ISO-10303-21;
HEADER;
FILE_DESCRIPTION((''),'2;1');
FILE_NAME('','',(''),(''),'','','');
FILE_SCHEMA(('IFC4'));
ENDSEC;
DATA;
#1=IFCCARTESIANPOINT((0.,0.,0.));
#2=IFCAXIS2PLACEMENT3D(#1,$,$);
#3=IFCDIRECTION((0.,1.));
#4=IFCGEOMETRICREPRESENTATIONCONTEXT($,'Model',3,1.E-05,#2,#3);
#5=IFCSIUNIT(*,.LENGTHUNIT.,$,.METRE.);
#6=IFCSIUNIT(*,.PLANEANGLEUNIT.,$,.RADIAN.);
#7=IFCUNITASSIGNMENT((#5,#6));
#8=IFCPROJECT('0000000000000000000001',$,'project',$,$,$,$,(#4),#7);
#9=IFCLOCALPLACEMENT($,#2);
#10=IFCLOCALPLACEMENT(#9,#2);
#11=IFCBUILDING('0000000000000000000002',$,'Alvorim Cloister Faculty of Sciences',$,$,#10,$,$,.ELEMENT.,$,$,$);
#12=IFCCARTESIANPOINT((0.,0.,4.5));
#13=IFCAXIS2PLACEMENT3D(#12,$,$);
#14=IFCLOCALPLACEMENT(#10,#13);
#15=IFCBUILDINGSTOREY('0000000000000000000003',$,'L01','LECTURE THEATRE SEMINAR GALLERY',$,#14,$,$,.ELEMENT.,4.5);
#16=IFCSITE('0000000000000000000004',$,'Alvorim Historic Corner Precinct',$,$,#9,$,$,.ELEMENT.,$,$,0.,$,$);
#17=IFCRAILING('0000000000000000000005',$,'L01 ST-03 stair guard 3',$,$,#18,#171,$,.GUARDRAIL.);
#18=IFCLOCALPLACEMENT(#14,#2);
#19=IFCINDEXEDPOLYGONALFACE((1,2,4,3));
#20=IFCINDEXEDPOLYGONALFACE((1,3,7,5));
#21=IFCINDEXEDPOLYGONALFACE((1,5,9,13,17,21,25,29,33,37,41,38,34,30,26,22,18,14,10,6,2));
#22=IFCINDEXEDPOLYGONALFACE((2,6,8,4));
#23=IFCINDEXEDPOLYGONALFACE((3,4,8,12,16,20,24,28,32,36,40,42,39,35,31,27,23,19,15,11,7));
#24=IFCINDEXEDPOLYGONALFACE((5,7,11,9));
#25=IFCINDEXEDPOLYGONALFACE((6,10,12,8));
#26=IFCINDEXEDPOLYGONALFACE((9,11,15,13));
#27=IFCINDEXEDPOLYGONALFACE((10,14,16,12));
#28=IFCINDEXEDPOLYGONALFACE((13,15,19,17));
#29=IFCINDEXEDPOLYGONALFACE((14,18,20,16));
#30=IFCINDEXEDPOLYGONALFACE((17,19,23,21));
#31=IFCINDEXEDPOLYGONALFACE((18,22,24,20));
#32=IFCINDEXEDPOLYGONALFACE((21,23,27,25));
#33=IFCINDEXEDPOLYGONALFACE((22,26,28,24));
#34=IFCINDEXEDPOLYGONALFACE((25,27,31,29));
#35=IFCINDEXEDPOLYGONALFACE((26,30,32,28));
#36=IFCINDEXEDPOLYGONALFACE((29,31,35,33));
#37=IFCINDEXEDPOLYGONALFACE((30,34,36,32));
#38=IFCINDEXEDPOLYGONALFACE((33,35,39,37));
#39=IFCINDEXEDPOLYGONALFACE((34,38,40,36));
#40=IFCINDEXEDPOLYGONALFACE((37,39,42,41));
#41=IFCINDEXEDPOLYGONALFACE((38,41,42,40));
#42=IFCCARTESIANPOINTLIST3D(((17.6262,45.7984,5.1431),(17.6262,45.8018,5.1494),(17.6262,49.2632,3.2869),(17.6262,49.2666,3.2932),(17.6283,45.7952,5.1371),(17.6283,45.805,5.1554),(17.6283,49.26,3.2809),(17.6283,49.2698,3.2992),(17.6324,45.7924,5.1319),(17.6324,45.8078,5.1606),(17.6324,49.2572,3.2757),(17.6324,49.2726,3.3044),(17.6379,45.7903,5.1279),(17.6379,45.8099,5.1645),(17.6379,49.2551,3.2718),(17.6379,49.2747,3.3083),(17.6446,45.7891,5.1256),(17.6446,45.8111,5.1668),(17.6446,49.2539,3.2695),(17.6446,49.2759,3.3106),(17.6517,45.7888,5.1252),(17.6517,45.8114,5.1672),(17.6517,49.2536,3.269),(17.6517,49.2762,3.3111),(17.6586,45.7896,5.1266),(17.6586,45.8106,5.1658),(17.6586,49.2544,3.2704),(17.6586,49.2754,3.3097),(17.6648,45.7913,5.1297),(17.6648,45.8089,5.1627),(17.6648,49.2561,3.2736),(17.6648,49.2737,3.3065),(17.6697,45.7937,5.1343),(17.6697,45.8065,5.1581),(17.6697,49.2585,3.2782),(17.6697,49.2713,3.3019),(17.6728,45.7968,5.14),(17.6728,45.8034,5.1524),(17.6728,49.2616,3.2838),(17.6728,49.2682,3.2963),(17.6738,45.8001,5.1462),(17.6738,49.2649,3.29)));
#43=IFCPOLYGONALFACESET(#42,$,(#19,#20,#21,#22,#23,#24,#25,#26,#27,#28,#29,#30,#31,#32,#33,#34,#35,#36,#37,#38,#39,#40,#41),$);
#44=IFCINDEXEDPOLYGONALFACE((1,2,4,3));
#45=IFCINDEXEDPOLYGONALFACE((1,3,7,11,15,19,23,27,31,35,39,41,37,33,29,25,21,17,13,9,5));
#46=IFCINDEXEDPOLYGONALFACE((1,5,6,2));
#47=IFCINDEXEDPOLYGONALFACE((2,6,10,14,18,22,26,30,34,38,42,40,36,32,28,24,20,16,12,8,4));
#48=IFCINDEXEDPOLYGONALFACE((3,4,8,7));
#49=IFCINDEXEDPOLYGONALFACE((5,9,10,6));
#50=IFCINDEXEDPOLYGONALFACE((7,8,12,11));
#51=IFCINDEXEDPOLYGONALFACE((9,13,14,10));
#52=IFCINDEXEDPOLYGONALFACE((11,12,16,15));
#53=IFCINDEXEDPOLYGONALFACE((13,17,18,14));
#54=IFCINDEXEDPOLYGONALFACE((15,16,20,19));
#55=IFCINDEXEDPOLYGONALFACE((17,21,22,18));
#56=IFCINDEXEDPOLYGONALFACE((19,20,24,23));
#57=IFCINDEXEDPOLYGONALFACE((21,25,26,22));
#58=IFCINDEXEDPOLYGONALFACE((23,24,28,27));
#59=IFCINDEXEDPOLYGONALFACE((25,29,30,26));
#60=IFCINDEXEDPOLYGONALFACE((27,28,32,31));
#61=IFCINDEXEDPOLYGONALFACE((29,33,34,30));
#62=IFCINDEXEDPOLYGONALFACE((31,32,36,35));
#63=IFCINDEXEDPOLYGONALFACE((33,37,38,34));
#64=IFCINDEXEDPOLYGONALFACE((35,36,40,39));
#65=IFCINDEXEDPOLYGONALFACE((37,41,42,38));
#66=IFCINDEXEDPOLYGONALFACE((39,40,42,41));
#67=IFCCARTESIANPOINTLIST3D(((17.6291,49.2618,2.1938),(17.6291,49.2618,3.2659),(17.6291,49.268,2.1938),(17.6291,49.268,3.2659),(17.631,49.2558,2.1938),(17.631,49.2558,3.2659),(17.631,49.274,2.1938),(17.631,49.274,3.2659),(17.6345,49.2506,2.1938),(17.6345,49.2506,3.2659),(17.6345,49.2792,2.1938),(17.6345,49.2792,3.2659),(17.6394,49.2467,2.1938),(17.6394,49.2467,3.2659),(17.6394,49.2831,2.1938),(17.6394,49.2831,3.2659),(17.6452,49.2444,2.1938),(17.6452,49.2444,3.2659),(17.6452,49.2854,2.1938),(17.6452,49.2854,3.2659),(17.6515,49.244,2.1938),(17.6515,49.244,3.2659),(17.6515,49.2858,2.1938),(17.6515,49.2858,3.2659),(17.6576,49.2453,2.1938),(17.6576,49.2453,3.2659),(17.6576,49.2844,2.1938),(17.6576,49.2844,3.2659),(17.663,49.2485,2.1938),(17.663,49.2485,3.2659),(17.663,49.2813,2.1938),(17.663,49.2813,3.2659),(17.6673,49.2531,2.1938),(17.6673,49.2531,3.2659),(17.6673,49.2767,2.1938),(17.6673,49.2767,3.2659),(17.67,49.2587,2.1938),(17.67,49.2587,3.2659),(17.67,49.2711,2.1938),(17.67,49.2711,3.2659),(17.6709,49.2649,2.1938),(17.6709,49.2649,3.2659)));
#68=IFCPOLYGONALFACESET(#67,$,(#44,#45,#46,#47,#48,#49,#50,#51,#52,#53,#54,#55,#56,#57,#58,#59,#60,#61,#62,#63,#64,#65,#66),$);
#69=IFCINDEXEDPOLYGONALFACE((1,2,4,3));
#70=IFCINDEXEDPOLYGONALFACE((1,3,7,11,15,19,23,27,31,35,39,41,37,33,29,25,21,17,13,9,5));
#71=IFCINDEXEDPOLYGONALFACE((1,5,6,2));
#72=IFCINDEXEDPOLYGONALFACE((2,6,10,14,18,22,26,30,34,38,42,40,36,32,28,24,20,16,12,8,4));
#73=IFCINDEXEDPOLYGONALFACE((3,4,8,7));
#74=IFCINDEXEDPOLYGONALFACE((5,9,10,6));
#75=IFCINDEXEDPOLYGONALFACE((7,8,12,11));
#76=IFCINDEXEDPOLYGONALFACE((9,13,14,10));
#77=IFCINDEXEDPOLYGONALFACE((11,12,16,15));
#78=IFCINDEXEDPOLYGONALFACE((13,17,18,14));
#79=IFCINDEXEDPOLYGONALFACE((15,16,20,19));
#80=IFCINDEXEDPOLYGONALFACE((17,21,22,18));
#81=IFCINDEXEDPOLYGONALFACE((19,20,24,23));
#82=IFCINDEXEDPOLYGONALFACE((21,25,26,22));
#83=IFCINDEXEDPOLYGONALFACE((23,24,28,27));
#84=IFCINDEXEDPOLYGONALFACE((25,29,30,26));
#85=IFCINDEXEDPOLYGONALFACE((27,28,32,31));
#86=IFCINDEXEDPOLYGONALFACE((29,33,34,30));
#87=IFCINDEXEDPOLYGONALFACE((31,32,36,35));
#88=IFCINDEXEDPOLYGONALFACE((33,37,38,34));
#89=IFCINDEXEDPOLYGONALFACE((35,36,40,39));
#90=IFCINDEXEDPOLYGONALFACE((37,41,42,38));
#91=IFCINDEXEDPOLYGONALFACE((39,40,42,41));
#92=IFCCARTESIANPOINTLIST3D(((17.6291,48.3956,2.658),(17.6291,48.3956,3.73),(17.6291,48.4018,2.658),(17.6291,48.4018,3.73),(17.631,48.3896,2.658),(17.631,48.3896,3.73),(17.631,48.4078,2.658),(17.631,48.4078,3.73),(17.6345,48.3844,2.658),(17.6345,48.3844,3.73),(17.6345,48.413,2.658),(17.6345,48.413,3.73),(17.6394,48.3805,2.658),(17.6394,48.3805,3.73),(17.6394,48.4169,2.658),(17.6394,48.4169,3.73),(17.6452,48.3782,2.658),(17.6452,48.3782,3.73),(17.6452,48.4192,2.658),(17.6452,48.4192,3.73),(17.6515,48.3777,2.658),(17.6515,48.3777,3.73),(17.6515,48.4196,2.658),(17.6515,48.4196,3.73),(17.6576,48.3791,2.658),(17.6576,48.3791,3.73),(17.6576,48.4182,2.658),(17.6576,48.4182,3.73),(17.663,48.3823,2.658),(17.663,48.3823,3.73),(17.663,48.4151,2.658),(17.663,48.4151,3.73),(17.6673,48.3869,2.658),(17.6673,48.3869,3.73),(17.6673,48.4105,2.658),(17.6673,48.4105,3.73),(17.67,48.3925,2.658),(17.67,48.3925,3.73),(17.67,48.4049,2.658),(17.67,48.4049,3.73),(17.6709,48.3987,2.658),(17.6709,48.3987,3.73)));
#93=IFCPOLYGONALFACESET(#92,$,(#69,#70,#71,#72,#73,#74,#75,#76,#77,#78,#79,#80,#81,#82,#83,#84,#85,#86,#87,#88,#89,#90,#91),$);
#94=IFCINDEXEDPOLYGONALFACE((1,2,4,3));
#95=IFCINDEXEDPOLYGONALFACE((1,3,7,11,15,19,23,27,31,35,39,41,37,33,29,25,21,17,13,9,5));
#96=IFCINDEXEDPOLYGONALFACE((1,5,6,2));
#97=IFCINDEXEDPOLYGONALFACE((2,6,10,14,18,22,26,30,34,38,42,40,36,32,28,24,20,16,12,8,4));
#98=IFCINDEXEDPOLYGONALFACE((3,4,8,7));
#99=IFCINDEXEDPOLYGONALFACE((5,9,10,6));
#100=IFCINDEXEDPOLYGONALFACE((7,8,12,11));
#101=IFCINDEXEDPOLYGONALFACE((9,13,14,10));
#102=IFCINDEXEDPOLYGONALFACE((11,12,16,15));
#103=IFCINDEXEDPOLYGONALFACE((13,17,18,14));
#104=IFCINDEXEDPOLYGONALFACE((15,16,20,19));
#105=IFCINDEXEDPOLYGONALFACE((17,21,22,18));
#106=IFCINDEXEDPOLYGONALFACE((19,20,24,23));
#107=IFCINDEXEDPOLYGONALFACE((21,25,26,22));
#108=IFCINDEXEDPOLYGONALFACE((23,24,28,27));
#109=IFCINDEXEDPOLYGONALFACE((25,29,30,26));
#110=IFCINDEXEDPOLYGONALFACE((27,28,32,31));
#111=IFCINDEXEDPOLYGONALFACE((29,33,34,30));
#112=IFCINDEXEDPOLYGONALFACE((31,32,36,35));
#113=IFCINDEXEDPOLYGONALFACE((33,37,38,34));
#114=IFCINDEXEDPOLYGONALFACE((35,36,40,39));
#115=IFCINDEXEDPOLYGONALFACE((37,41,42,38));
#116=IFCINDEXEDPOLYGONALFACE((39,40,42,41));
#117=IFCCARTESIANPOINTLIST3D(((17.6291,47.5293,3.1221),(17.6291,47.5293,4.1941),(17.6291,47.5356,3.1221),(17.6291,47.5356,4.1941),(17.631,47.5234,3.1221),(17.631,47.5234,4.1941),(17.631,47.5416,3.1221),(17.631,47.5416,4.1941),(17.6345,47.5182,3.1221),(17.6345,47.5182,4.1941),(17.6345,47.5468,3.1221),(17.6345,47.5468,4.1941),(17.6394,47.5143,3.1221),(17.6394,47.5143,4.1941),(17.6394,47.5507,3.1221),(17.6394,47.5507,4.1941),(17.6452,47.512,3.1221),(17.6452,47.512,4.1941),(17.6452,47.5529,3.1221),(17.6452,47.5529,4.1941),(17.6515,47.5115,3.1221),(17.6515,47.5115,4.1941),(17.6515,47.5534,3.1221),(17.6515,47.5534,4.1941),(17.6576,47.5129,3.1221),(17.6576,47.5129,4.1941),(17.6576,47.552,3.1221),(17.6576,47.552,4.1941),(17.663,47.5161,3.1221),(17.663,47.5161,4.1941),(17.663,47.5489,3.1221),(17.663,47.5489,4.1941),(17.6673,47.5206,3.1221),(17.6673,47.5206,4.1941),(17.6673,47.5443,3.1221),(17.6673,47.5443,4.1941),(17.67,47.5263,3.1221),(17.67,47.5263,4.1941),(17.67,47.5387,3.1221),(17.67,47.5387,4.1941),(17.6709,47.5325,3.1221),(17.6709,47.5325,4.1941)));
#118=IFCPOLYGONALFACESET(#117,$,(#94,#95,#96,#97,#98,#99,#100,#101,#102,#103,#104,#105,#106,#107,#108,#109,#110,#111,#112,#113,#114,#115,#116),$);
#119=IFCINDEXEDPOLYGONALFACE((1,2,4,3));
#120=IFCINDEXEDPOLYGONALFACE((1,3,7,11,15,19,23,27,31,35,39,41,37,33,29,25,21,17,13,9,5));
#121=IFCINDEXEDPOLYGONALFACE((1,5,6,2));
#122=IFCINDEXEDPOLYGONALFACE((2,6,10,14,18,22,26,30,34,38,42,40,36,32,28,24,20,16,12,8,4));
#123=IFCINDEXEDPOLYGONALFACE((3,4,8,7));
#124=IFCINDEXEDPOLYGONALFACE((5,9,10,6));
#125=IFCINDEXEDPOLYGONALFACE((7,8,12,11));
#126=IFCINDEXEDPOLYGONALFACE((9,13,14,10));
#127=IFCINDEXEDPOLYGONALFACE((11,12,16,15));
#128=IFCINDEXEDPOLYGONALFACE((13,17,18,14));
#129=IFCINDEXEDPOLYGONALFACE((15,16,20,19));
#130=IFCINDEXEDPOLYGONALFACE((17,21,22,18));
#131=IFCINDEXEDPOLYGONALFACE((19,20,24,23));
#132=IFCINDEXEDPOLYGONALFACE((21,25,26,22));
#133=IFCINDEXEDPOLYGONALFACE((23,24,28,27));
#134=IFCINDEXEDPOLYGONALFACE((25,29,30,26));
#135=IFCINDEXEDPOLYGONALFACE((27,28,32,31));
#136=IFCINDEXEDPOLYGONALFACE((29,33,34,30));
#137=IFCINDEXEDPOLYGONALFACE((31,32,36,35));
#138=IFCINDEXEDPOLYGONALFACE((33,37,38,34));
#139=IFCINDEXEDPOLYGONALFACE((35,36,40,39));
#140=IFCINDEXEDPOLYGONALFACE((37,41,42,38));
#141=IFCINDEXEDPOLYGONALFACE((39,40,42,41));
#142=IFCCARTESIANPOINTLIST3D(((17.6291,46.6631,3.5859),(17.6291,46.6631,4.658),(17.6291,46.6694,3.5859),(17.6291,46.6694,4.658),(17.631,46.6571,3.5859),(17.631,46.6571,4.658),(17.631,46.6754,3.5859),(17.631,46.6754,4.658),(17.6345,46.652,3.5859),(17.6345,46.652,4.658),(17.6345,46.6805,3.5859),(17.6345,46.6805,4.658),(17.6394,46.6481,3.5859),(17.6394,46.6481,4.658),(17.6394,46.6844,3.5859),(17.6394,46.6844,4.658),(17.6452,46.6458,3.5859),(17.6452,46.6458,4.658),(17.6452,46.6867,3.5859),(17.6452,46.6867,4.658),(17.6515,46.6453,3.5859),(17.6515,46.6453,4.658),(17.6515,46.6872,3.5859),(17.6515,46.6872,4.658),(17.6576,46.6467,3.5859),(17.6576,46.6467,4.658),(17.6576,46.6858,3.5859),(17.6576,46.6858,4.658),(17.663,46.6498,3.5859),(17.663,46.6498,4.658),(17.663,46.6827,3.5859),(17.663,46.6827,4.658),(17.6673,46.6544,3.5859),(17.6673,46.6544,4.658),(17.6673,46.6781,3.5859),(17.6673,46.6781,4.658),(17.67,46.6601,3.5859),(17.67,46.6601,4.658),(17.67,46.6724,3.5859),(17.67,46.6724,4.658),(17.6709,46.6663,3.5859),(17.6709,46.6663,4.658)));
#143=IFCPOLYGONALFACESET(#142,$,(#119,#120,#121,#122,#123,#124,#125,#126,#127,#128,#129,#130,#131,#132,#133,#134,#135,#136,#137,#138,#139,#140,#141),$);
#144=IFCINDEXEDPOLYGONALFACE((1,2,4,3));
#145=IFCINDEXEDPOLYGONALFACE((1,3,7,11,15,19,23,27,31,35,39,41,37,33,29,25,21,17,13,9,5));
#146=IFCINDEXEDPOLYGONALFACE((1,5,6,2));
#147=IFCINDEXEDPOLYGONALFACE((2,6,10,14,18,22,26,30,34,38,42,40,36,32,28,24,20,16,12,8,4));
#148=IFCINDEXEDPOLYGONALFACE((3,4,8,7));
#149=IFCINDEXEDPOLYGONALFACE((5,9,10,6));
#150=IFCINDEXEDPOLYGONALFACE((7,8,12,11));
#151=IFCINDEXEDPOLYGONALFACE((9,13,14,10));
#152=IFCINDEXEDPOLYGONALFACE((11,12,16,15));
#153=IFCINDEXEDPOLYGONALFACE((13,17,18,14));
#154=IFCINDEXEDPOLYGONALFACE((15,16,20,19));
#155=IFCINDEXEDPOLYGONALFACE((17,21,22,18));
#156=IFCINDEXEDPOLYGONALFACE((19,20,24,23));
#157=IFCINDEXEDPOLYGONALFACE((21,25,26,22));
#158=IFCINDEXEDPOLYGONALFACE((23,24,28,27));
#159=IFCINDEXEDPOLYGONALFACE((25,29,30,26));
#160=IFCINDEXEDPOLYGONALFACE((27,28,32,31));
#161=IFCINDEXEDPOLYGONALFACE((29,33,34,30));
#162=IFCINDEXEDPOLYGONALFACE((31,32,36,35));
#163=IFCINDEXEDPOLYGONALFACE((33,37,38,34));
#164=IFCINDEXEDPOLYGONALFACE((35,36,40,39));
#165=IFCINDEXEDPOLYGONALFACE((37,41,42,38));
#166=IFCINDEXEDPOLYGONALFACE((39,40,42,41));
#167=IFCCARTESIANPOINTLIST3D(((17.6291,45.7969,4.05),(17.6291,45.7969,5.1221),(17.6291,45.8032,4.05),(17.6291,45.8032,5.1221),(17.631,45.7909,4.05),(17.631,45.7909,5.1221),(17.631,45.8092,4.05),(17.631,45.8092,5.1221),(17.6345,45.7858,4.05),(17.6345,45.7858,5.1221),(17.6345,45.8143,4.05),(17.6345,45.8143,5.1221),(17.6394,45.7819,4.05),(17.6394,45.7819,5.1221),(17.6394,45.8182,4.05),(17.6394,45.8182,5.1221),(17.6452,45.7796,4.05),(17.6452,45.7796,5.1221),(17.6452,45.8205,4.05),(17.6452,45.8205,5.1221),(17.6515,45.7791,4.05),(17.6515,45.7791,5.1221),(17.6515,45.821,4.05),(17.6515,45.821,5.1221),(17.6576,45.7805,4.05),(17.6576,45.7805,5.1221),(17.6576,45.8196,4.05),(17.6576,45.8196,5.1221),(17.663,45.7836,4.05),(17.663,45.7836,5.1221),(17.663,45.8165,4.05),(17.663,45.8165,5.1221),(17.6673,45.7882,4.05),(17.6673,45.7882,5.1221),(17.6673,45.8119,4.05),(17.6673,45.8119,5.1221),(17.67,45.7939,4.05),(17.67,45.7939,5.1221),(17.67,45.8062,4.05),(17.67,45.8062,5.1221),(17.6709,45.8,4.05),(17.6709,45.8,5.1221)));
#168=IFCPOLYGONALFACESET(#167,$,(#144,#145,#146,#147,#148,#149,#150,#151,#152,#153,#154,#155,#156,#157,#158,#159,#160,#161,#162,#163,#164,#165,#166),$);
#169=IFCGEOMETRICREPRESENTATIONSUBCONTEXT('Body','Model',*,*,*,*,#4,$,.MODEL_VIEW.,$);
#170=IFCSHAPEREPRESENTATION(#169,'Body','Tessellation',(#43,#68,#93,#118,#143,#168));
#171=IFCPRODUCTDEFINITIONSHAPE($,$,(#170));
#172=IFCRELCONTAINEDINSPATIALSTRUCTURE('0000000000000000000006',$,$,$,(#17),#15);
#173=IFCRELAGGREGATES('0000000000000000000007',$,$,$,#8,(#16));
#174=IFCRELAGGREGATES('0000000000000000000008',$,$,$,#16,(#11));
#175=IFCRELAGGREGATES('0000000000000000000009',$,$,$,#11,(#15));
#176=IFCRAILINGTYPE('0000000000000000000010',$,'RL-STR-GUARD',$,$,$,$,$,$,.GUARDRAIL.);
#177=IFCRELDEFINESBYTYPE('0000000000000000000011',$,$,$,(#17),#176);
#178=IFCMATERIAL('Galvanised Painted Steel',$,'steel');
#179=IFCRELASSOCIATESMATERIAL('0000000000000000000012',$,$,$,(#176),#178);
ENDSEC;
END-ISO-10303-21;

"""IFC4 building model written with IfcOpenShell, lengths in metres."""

from ifc_helpers import new_model, si_unit, direction, frame, origin, origin_2d, place, context, subcontext, project, spatial, circle, extrude, material, type_object, element, save


model = new_model("IFC4")

# Units and contexts
model_context = context("Model", 3, precision=1e-05, world=origin(), true_north=direction((0.0, 1.0)))
body_context = subcontext(model_context, "Body", "Model", "MODEL_VIEW")
ifc_project = project(units=[si_unit("LENGTHUNIT", "METRE"), si_unit("PLANEANGLEUNIT", "RADIAN")], contexts=[model_context])

# Site, building, storey
site_placement = place(None, origin())
site = spatial("IfcSite", under=ifc_project, at=site_placement, Name="Alvorim Historic Corner Precinct", CompositionType="ELEMENT", RefElevation=0.0)
building_placement = place(site_placement, origin())
building = spatial("IfcBuilding", under=site, at=building_placement, Name="Alvorim Cloister Faculty of Sciences", CompositionType="ELEMENT")
storey_placement = place(building_placement, frame((0.0, 0.0, 4.5)))
storey = spatial("IfcBuildingStorey", under=building, at=storey_placement, Name="L01", Description="LECTURE THEATRE SEMINAR GALLERY", CompositionType="ELEMENT", Elevation=4.5)

# Railing
ifc_material_1 = material(Name="Galvanised Painted Steel", Category="steel")
railing_type_1 = type_object("IfcRailingType", Name="RL-STR-GUARD", PredefinedType="GUARDRAIL", material=ifc_material_1)
railing_1_placement = place(storey_placement, frame((17.6499, 49.2649, 2.1938)))
element("IfcRailing", 1, at=railing_1_placement, inside=storey, type_object=railing_type_1, Name="L01 ST-03 stair guard 3", PredefinedType="GUARDRAIL", context=body_context, shape_type="SweptSolid", body=[
    extrude(circle(Radius=0.0239, at=origin_2d()), frame((0.0, 0.0, 1.0962), z_axis=(0.0, -0.881476, 0.472228), x_axis=(1.0, 0.0, 0.0)), (0.0, 0.0, 1.0), 3.9307),
    extrude(circle(Radius=0.021, at=origin_2d()), origin(), (0.0, 0.0, 1.0), 1.072),
    extrude(circle(Radius=0.021, at=origin_2d()), frame((0.0, -0.8662, 0.4641)), (0.0, 0.0, 1.0), 1.072),
    extrude(circle(Radius=0.021, at=origin_2d()), frame((0.0, -1.7324, 0.9282)), (0.0, 0.0, 1.0), 1.072),
    extrude(circle(Radius=0.021, at=origin_2d()), frame((0.0, -2.5986, 1.3921)), (0.0, 0.0, 1.0), 1.072),
    extrude(circle(Radius=0.021, at=origin_2d()), frame((0.0, -3.4648, 1.8562)), (0.0, 0.0, 1.0), 1.072),
])

save(model, "model.ifc")
